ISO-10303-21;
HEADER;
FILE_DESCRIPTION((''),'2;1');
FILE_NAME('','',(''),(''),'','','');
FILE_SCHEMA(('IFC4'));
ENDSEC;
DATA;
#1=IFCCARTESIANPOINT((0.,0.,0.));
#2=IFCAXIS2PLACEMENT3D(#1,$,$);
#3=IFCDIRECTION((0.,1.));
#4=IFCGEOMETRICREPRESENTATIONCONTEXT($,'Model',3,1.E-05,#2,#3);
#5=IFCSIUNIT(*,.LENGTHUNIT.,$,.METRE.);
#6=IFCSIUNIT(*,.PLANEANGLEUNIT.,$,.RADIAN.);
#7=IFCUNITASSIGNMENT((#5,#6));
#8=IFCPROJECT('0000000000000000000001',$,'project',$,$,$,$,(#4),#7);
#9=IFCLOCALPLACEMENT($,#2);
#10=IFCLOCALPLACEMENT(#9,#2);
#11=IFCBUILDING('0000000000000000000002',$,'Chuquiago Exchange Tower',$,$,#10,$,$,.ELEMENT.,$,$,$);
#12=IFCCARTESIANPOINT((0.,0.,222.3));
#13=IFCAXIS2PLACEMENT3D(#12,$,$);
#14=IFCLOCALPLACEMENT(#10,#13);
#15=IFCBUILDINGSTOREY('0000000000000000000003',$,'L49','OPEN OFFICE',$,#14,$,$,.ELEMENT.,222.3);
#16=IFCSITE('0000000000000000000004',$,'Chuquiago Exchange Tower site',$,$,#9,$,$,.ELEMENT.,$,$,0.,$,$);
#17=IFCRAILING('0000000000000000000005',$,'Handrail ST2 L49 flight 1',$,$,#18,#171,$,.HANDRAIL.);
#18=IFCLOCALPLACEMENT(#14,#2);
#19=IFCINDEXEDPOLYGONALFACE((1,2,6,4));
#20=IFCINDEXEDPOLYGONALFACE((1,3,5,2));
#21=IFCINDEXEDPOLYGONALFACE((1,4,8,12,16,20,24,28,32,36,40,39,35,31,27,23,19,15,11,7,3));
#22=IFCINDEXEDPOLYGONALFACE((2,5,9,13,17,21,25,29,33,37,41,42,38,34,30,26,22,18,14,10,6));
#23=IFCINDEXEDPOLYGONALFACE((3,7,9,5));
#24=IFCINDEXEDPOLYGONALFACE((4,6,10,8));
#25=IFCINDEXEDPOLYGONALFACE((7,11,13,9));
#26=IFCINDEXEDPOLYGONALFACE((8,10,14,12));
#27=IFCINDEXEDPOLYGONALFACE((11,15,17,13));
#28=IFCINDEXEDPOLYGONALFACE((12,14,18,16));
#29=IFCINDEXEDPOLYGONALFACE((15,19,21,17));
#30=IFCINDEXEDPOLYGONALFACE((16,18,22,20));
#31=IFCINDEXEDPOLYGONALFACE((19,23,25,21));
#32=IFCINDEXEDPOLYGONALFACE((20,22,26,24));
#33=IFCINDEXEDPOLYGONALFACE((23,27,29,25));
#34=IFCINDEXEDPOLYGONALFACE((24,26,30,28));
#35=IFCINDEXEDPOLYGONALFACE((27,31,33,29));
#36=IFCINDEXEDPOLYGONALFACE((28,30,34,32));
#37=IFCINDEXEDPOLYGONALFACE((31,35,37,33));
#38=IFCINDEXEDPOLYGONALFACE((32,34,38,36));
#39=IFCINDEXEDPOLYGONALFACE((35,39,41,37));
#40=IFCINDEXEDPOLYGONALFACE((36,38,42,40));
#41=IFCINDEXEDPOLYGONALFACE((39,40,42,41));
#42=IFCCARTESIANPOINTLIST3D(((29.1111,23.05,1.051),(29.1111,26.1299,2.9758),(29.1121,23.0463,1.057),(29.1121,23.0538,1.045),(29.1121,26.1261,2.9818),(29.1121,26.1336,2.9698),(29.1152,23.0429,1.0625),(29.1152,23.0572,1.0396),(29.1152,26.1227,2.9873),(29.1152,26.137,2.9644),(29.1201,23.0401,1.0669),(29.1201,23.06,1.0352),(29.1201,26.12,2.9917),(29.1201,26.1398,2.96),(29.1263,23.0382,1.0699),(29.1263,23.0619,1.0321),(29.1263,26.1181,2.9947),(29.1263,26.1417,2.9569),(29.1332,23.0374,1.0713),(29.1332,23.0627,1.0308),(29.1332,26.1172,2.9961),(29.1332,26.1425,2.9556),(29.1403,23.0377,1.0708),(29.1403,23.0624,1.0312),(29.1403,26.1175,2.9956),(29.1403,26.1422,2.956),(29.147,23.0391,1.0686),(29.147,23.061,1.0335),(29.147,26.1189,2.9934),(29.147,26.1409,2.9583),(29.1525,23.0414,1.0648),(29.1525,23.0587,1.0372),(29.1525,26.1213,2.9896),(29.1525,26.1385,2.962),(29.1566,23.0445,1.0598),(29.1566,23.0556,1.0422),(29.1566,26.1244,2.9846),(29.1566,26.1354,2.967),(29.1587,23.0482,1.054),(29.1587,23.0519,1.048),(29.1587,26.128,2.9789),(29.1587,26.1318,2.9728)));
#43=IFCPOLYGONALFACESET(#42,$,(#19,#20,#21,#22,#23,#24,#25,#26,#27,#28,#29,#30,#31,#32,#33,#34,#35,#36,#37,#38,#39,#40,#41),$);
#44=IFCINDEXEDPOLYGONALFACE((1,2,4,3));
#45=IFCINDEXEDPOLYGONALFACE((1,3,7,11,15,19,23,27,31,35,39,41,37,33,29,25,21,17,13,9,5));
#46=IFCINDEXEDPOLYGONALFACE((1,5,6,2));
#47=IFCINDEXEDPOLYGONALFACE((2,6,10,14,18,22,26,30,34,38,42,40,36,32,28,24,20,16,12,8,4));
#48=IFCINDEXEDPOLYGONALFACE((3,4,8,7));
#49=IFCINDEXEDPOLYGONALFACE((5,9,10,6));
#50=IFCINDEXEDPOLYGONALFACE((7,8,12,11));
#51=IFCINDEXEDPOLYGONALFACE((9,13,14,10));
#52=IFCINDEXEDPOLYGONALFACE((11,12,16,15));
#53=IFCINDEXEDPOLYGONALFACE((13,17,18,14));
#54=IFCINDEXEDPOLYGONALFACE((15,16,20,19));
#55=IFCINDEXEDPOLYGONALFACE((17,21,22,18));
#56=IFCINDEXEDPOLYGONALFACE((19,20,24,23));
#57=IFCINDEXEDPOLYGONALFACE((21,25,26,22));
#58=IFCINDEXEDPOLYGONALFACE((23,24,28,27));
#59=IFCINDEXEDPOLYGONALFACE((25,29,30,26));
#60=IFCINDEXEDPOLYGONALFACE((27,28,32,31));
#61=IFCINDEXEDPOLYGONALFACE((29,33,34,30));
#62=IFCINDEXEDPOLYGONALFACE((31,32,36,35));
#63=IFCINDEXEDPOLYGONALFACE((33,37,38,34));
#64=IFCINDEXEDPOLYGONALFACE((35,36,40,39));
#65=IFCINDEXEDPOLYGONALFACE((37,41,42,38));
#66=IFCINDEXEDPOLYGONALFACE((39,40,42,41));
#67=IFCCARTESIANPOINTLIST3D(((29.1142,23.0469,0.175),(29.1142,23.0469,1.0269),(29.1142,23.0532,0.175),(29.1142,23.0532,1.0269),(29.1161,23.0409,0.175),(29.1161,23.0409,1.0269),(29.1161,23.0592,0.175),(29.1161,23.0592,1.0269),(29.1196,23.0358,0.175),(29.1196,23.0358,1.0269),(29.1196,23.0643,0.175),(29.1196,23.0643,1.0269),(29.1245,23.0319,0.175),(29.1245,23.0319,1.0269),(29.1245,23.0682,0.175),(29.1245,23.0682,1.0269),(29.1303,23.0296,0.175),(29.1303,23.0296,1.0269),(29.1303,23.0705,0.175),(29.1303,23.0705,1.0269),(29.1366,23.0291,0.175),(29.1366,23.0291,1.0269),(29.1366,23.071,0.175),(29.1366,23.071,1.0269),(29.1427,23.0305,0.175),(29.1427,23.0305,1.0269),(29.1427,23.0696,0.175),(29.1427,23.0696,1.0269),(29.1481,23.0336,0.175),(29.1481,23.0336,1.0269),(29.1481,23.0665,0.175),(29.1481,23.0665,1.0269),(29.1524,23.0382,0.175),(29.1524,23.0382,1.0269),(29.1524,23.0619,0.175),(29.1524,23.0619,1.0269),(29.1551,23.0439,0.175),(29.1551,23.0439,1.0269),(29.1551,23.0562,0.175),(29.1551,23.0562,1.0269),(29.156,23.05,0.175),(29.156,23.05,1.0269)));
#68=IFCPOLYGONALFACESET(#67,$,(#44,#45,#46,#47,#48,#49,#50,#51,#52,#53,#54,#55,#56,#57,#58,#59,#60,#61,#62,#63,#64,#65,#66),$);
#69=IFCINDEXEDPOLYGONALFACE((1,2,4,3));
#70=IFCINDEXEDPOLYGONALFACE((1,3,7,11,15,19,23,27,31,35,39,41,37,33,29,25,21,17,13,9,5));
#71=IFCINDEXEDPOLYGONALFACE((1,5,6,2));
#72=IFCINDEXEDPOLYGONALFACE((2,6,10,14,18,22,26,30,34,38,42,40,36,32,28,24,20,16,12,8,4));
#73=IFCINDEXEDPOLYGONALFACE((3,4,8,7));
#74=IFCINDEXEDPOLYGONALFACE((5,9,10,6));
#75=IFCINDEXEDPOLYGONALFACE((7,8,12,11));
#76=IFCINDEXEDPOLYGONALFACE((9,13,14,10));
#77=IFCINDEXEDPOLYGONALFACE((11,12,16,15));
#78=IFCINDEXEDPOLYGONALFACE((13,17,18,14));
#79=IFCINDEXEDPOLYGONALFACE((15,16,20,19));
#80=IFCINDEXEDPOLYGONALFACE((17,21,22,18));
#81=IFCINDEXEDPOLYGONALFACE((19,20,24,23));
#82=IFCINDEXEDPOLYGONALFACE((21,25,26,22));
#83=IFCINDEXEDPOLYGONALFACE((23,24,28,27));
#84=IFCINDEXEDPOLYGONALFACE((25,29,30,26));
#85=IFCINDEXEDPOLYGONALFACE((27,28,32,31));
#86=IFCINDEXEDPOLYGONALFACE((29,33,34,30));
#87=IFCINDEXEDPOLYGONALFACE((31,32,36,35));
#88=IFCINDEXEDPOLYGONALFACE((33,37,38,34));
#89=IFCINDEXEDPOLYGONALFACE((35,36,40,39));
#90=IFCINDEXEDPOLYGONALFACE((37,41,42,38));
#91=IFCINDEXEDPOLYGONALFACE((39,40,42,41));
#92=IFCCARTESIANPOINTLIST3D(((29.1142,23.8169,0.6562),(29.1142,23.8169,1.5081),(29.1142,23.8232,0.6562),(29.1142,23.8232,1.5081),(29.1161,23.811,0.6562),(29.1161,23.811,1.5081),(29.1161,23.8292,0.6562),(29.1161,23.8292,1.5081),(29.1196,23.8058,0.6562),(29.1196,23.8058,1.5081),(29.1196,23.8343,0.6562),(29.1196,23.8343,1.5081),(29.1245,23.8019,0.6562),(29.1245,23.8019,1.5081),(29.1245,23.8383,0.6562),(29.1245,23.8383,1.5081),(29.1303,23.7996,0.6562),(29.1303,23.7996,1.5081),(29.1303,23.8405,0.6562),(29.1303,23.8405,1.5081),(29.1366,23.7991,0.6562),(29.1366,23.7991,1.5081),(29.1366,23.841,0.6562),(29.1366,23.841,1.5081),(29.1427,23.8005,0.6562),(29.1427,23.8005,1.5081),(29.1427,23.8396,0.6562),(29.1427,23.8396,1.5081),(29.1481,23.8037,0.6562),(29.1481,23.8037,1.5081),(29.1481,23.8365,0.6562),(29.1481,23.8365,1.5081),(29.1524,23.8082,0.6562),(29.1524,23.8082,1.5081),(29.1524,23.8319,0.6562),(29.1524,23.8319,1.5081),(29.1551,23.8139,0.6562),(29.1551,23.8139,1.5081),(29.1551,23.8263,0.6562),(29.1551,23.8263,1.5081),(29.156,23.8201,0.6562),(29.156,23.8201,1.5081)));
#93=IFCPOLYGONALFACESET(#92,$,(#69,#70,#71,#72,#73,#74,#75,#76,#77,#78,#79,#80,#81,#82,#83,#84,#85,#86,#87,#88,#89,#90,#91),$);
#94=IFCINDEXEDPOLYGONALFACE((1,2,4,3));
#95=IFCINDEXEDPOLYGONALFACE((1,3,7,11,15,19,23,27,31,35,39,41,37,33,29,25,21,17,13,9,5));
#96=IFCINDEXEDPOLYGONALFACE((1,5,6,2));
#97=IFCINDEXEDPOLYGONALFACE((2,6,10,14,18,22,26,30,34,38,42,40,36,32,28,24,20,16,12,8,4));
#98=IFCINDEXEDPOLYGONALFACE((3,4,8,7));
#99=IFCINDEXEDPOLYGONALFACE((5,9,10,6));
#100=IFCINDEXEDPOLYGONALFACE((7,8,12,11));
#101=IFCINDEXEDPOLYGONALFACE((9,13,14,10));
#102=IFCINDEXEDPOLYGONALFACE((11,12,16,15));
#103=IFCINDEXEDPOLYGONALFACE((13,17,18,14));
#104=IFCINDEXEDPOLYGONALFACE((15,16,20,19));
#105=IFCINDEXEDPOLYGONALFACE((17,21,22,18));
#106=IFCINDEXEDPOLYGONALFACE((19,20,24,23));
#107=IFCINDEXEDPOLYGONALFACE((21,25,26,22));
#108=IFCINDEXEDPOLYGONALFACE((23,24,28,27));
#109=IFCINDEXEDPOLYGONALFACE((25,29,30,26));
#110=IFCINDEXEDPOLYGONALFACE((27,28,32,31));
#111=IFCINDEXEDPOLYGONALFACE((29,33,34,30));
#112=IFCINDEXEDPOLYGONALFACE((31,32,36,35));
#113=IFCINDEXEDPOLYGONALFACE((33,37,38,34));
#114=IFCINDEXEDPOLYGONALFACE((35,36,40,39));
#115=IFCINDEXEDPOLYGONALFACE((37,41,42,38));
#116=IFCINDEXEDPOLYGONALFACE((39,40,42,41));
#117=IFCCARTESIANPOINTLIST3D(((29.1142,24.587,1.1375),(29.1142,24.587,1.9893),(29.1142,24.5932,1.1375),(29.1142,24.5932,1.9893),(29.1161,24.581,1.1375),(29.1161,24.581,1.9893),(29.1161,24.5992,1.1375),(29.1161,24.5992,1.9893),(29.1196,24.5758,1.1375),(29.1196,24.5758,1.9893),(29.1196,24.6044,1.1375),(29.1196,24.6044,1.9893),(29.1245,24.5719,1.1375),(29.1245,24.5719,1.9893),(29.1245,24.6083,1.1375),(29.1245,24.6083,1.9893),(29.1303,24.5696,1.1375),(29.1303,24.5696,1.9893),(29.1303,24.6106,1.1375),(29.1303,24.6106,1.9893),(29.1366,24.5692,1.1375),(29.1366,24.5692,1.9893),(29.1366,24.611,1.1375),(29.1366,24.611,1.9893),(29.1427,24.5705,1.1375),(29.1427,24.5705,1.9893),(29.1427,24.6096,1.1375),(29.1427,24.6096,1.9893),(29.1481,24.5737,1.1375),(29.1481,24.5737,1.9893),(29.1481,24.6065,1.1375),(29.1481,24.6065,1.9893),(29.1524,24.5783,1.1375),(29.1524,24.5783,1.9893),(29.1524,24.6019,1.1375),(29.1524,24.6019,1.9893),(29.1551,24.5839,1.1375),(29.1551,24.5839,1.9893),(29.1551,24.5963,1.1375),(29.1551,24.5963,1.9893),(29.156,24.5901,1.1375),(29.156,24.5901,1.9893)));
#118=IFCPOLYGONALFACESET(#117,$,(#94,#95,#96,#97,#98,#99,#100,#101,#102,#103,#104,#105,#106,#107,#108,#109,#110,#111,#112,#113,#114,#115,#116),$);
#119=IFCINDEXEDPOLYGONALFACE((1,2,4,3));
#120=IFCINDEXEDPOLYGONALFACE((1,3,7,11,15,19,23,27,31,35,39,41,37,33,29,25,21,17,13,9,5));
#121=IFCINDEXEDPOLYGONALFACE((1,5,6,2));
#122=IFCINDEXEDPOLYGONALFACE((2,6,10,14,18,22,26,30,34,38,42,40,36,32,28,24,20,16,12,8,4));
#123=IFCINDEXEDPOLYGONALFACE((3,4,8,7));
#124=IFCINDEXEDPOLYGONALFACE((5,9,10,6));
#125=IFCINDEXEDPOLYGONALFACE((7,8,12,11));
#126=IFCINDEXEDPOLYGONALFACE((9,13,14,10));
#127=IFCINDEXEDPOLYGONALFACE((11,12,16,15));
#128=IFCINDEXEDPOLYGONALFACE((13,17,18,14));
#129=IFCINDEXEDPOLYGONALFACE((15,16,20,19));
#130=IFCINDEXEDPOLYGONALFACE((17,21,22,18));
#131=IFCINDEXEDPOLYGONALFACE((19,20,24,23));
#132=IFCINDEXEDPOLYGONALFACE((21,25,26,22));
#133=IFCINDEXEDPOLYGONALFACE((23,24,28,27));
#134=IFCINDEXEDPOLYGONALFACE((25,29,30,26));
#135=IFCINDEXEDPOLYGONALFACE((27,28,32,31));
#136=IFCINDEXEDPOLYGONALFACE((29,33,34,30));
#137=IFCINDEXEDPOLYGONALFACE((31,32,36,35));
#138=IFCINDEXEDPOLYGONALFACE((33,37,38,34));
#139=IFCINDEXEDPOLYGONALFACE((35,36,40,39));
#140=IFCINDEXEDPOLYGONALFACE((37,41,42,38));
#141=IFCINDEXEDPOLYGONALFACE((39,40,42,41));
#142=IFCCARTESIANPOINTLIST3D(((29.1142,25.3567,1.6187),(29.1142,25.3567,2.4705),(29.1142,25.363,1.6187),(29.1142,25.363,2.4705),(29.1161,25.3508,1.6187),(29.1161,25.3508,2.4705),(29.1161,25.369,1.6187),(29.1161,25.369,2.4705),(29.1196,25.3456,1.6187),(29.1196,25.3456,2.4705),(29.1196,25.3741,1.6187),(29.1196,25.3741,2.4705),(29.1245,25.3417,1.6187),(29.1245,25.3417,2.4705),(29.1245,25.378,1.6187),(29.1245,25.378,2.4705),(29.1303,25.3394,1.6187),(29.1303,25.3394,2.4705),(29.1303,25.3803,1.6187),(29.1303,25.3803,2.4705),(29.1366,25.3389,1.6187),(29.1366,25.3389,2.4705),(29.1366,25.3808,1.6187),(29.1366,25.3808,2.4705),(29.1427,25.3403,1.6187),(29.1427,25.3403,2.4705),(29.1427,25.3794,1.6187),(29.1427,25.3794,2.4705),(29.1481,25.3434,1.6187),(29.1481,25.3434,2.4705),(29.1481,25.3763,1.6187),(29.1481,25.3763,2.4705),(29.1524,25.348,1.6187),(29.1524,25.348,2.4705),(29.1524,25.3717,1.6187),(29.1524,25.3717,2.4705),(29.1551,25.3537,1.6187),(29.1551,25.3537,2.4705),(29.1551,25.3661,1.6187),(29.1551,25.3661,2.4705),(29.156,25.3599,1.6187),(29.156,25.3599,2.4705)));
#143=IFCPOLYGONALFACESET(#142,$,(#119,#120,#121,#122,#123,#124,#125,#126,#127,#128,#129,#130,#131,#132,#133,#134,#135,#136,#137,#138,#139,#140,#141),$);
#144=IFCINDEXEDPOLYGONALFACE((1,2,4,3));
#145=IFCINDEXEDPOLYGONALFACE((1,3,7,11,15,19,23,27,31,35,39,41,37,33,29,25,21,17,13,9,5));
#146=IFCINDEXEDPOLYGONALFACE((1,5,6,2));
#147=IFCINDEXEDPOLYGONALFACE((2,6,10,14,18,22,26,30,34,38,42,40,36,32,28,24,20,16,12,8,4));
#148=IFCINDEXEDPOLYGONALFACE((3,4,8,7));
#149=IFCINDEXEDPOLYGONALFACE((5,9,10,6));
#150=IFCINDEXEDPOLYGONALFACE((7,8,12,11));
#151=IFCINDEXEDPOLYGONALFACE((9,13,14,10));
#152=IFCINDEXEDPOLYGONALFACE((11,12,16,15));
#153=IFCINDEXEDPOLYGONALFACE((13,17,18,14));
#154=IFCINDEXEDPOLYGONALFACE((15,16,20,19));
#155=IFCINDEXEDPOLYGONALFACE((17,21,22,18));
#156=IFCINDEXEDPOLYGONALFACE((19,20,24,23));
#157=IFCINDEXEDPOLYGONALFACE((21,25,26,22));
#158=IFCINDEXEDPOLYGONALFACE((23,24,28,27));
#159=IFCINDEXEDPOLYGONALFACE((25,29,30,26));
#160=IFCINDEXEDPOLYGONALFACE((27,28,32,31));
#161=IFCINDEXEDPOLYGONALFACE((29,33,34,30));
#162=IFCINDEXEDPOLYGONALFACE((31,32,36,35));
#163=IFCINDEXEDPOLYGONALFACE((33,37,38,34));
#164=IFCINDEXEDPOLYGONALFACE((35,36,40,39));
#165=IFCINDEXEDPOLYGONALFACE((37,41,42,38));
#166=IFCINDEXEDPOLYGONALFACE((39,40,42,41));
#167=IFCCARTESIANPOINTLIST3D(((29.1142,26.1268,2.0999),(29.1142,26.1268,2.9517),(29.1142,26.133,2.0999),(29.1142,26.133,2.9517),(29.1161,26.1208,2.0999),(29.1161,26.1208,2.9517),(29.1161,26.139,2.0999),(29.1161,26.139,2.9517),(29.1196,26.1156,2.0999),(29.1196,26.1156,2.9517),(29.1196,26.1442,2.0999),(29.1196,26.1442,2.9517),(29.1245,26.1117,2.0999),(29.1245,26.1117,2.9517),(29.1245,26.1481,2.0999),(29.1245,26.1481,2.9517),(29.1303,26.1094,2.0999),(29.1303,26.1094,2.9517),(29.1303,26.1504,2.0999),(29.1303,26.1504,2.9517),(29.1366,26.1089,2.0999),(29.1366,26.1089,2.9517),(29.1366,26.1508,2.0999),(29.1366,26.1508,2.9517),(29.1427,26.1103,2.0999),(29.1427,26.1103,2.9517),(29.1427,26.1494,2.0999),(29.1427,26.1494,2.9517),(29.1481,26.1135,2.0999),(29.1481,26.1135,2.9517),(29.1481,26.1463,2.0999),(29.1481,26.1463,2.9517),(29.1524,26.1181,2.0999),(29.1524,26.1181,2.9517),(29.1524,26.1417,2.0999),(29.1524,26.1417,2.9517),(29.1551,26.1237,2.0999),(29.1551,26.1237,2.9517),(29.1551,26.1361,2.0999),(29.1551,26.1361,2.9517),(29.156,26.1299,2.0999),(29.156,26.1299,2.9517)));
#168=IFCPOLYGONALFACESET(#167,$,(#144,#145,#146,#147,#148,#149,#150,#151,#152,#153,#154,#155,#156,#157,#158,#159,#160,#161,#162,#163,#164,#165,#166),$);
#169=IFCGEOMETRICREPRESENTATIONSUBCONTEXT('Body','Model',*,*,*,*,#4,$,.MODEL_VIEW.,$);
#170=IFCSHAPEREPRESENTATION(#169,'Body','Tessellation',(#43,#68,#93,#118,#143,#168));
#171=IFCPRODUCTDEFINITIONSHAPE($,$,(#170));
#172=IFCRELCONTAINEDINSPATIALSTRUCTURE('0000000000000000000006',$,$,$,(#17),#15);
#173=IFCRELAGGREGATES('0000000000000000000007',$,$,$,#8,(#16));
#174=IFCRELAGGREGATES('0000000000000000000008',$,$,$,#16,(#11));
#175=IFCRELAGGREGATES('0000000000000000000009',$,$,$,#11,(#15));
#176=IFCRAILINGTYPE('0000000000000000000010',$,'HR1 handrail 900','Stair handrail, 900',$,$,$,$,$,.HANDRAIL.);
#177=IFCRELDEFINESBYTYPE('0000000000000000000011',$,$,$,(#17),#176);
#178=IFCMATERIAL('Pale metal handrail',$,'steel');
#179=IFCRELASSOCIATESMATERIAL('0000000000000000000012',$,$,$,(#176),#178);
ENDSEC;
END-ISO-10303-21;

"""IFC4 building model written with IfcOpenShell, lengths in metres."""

from ifc_helpers import new_model, si_unit, direction, frame, origin, origin_2d, place, context, subcontext, project, spatial, circle, extrude, material, type_object, element, save


model = new_model("IFC4")

# Units and contexts
model_context = context("Model", 3, precision=1e-05, world=origin(), true_north=direction((0.0, 1.0)))
body_context = subcontext(model_context, "Body", "Model", "MODEL_VIEW")
ifc_project = project(units=[si_unit("LENGTHUNIT", "METRE"), si_unit("PLANEANGLEUNIT", "RADIAN")], contexts=[model_context])

# Site, building, storey
site_placement = place(None, origin())
site = spatial("IfcSite", under=ifc_project, at=site_placement, Name="Chuquiago Exchange Tower site", CompositionType="ELEMENT", RefElevation=0.0)
building_placement = place(site_placement, origin())
building = spatial("IfcBuilding", under=site, at=building_placement, Name="Chuquiago Exchange Tower", CompositionType="ELEMENT")
storey_placement = place(building_placement, frame((0.0, 0.0, 222.3)))
storey = spatial("IfcBuildingStorey", under=building, at=storey_placement, Name="L49", Description="OPEN OFFICE", CompositionType="ELEMENT", Elevation=222.3)

# Railing
ifc_material_1 = material(Name="Pale metal handrail", Category="steel")
railing_type_1 = type_object("IfcRailingType", Name="HR1 handrail 900", Description="Stair handrail, 900", PredefinedType="HANDRAIL", material=ifc_material_1)
for number, where, name in (
    (1, (29.135, 23.05, 0.175), "Handrail ST2 L49 flight 1"),
):
    element("IfcRailing", number, at=place(storey_placement, frame(where)), inside=storey, type_object=railing_type_1, Name=name, PredefinedType="HANDRAIL", context=body_context, shape_type="SweptSolid", body=[
        extrude(circle(Radius=0.0239, at=origin_2d()), frame((0.0, 0.0, 0.876), z_axis=(0.0, 0.84801, 0.529981), x_axis=(-1.0, 0.0, 0.0)), (0.0, 0.0, 1.0), 3.6318),
        extrude(circle(Radius=0.021, at=origin_2d()), origin(), (0.0, 0.0, 1.0), 0.8518),
        extrude(circle(Radius=0.021, at=origin_2d()), frame((0.0, 0.77, 0.4812)), (0.0, 0.0, 1.0), 0.8518),
        extrude(circle(Radius=0.021, at=origin_2d()), frame((0.0, 1.54, 0.9624)), (0.0, 0.0, 1.0), 0.8518),
        extrude(circle(Radius=0.021, at=origin_2d()), frame((0.0, 2.3098, 1.4436)), (0.0, 0.0, 1.0), 0.8518),
        extrude(circle(Radius=0.021, at=origin_2d()), frame((0.0, 3.0798, 1.9248)), (0.0, 0.0, 1.0), 0.8518),
    ])

save(model, "model.ifc")
